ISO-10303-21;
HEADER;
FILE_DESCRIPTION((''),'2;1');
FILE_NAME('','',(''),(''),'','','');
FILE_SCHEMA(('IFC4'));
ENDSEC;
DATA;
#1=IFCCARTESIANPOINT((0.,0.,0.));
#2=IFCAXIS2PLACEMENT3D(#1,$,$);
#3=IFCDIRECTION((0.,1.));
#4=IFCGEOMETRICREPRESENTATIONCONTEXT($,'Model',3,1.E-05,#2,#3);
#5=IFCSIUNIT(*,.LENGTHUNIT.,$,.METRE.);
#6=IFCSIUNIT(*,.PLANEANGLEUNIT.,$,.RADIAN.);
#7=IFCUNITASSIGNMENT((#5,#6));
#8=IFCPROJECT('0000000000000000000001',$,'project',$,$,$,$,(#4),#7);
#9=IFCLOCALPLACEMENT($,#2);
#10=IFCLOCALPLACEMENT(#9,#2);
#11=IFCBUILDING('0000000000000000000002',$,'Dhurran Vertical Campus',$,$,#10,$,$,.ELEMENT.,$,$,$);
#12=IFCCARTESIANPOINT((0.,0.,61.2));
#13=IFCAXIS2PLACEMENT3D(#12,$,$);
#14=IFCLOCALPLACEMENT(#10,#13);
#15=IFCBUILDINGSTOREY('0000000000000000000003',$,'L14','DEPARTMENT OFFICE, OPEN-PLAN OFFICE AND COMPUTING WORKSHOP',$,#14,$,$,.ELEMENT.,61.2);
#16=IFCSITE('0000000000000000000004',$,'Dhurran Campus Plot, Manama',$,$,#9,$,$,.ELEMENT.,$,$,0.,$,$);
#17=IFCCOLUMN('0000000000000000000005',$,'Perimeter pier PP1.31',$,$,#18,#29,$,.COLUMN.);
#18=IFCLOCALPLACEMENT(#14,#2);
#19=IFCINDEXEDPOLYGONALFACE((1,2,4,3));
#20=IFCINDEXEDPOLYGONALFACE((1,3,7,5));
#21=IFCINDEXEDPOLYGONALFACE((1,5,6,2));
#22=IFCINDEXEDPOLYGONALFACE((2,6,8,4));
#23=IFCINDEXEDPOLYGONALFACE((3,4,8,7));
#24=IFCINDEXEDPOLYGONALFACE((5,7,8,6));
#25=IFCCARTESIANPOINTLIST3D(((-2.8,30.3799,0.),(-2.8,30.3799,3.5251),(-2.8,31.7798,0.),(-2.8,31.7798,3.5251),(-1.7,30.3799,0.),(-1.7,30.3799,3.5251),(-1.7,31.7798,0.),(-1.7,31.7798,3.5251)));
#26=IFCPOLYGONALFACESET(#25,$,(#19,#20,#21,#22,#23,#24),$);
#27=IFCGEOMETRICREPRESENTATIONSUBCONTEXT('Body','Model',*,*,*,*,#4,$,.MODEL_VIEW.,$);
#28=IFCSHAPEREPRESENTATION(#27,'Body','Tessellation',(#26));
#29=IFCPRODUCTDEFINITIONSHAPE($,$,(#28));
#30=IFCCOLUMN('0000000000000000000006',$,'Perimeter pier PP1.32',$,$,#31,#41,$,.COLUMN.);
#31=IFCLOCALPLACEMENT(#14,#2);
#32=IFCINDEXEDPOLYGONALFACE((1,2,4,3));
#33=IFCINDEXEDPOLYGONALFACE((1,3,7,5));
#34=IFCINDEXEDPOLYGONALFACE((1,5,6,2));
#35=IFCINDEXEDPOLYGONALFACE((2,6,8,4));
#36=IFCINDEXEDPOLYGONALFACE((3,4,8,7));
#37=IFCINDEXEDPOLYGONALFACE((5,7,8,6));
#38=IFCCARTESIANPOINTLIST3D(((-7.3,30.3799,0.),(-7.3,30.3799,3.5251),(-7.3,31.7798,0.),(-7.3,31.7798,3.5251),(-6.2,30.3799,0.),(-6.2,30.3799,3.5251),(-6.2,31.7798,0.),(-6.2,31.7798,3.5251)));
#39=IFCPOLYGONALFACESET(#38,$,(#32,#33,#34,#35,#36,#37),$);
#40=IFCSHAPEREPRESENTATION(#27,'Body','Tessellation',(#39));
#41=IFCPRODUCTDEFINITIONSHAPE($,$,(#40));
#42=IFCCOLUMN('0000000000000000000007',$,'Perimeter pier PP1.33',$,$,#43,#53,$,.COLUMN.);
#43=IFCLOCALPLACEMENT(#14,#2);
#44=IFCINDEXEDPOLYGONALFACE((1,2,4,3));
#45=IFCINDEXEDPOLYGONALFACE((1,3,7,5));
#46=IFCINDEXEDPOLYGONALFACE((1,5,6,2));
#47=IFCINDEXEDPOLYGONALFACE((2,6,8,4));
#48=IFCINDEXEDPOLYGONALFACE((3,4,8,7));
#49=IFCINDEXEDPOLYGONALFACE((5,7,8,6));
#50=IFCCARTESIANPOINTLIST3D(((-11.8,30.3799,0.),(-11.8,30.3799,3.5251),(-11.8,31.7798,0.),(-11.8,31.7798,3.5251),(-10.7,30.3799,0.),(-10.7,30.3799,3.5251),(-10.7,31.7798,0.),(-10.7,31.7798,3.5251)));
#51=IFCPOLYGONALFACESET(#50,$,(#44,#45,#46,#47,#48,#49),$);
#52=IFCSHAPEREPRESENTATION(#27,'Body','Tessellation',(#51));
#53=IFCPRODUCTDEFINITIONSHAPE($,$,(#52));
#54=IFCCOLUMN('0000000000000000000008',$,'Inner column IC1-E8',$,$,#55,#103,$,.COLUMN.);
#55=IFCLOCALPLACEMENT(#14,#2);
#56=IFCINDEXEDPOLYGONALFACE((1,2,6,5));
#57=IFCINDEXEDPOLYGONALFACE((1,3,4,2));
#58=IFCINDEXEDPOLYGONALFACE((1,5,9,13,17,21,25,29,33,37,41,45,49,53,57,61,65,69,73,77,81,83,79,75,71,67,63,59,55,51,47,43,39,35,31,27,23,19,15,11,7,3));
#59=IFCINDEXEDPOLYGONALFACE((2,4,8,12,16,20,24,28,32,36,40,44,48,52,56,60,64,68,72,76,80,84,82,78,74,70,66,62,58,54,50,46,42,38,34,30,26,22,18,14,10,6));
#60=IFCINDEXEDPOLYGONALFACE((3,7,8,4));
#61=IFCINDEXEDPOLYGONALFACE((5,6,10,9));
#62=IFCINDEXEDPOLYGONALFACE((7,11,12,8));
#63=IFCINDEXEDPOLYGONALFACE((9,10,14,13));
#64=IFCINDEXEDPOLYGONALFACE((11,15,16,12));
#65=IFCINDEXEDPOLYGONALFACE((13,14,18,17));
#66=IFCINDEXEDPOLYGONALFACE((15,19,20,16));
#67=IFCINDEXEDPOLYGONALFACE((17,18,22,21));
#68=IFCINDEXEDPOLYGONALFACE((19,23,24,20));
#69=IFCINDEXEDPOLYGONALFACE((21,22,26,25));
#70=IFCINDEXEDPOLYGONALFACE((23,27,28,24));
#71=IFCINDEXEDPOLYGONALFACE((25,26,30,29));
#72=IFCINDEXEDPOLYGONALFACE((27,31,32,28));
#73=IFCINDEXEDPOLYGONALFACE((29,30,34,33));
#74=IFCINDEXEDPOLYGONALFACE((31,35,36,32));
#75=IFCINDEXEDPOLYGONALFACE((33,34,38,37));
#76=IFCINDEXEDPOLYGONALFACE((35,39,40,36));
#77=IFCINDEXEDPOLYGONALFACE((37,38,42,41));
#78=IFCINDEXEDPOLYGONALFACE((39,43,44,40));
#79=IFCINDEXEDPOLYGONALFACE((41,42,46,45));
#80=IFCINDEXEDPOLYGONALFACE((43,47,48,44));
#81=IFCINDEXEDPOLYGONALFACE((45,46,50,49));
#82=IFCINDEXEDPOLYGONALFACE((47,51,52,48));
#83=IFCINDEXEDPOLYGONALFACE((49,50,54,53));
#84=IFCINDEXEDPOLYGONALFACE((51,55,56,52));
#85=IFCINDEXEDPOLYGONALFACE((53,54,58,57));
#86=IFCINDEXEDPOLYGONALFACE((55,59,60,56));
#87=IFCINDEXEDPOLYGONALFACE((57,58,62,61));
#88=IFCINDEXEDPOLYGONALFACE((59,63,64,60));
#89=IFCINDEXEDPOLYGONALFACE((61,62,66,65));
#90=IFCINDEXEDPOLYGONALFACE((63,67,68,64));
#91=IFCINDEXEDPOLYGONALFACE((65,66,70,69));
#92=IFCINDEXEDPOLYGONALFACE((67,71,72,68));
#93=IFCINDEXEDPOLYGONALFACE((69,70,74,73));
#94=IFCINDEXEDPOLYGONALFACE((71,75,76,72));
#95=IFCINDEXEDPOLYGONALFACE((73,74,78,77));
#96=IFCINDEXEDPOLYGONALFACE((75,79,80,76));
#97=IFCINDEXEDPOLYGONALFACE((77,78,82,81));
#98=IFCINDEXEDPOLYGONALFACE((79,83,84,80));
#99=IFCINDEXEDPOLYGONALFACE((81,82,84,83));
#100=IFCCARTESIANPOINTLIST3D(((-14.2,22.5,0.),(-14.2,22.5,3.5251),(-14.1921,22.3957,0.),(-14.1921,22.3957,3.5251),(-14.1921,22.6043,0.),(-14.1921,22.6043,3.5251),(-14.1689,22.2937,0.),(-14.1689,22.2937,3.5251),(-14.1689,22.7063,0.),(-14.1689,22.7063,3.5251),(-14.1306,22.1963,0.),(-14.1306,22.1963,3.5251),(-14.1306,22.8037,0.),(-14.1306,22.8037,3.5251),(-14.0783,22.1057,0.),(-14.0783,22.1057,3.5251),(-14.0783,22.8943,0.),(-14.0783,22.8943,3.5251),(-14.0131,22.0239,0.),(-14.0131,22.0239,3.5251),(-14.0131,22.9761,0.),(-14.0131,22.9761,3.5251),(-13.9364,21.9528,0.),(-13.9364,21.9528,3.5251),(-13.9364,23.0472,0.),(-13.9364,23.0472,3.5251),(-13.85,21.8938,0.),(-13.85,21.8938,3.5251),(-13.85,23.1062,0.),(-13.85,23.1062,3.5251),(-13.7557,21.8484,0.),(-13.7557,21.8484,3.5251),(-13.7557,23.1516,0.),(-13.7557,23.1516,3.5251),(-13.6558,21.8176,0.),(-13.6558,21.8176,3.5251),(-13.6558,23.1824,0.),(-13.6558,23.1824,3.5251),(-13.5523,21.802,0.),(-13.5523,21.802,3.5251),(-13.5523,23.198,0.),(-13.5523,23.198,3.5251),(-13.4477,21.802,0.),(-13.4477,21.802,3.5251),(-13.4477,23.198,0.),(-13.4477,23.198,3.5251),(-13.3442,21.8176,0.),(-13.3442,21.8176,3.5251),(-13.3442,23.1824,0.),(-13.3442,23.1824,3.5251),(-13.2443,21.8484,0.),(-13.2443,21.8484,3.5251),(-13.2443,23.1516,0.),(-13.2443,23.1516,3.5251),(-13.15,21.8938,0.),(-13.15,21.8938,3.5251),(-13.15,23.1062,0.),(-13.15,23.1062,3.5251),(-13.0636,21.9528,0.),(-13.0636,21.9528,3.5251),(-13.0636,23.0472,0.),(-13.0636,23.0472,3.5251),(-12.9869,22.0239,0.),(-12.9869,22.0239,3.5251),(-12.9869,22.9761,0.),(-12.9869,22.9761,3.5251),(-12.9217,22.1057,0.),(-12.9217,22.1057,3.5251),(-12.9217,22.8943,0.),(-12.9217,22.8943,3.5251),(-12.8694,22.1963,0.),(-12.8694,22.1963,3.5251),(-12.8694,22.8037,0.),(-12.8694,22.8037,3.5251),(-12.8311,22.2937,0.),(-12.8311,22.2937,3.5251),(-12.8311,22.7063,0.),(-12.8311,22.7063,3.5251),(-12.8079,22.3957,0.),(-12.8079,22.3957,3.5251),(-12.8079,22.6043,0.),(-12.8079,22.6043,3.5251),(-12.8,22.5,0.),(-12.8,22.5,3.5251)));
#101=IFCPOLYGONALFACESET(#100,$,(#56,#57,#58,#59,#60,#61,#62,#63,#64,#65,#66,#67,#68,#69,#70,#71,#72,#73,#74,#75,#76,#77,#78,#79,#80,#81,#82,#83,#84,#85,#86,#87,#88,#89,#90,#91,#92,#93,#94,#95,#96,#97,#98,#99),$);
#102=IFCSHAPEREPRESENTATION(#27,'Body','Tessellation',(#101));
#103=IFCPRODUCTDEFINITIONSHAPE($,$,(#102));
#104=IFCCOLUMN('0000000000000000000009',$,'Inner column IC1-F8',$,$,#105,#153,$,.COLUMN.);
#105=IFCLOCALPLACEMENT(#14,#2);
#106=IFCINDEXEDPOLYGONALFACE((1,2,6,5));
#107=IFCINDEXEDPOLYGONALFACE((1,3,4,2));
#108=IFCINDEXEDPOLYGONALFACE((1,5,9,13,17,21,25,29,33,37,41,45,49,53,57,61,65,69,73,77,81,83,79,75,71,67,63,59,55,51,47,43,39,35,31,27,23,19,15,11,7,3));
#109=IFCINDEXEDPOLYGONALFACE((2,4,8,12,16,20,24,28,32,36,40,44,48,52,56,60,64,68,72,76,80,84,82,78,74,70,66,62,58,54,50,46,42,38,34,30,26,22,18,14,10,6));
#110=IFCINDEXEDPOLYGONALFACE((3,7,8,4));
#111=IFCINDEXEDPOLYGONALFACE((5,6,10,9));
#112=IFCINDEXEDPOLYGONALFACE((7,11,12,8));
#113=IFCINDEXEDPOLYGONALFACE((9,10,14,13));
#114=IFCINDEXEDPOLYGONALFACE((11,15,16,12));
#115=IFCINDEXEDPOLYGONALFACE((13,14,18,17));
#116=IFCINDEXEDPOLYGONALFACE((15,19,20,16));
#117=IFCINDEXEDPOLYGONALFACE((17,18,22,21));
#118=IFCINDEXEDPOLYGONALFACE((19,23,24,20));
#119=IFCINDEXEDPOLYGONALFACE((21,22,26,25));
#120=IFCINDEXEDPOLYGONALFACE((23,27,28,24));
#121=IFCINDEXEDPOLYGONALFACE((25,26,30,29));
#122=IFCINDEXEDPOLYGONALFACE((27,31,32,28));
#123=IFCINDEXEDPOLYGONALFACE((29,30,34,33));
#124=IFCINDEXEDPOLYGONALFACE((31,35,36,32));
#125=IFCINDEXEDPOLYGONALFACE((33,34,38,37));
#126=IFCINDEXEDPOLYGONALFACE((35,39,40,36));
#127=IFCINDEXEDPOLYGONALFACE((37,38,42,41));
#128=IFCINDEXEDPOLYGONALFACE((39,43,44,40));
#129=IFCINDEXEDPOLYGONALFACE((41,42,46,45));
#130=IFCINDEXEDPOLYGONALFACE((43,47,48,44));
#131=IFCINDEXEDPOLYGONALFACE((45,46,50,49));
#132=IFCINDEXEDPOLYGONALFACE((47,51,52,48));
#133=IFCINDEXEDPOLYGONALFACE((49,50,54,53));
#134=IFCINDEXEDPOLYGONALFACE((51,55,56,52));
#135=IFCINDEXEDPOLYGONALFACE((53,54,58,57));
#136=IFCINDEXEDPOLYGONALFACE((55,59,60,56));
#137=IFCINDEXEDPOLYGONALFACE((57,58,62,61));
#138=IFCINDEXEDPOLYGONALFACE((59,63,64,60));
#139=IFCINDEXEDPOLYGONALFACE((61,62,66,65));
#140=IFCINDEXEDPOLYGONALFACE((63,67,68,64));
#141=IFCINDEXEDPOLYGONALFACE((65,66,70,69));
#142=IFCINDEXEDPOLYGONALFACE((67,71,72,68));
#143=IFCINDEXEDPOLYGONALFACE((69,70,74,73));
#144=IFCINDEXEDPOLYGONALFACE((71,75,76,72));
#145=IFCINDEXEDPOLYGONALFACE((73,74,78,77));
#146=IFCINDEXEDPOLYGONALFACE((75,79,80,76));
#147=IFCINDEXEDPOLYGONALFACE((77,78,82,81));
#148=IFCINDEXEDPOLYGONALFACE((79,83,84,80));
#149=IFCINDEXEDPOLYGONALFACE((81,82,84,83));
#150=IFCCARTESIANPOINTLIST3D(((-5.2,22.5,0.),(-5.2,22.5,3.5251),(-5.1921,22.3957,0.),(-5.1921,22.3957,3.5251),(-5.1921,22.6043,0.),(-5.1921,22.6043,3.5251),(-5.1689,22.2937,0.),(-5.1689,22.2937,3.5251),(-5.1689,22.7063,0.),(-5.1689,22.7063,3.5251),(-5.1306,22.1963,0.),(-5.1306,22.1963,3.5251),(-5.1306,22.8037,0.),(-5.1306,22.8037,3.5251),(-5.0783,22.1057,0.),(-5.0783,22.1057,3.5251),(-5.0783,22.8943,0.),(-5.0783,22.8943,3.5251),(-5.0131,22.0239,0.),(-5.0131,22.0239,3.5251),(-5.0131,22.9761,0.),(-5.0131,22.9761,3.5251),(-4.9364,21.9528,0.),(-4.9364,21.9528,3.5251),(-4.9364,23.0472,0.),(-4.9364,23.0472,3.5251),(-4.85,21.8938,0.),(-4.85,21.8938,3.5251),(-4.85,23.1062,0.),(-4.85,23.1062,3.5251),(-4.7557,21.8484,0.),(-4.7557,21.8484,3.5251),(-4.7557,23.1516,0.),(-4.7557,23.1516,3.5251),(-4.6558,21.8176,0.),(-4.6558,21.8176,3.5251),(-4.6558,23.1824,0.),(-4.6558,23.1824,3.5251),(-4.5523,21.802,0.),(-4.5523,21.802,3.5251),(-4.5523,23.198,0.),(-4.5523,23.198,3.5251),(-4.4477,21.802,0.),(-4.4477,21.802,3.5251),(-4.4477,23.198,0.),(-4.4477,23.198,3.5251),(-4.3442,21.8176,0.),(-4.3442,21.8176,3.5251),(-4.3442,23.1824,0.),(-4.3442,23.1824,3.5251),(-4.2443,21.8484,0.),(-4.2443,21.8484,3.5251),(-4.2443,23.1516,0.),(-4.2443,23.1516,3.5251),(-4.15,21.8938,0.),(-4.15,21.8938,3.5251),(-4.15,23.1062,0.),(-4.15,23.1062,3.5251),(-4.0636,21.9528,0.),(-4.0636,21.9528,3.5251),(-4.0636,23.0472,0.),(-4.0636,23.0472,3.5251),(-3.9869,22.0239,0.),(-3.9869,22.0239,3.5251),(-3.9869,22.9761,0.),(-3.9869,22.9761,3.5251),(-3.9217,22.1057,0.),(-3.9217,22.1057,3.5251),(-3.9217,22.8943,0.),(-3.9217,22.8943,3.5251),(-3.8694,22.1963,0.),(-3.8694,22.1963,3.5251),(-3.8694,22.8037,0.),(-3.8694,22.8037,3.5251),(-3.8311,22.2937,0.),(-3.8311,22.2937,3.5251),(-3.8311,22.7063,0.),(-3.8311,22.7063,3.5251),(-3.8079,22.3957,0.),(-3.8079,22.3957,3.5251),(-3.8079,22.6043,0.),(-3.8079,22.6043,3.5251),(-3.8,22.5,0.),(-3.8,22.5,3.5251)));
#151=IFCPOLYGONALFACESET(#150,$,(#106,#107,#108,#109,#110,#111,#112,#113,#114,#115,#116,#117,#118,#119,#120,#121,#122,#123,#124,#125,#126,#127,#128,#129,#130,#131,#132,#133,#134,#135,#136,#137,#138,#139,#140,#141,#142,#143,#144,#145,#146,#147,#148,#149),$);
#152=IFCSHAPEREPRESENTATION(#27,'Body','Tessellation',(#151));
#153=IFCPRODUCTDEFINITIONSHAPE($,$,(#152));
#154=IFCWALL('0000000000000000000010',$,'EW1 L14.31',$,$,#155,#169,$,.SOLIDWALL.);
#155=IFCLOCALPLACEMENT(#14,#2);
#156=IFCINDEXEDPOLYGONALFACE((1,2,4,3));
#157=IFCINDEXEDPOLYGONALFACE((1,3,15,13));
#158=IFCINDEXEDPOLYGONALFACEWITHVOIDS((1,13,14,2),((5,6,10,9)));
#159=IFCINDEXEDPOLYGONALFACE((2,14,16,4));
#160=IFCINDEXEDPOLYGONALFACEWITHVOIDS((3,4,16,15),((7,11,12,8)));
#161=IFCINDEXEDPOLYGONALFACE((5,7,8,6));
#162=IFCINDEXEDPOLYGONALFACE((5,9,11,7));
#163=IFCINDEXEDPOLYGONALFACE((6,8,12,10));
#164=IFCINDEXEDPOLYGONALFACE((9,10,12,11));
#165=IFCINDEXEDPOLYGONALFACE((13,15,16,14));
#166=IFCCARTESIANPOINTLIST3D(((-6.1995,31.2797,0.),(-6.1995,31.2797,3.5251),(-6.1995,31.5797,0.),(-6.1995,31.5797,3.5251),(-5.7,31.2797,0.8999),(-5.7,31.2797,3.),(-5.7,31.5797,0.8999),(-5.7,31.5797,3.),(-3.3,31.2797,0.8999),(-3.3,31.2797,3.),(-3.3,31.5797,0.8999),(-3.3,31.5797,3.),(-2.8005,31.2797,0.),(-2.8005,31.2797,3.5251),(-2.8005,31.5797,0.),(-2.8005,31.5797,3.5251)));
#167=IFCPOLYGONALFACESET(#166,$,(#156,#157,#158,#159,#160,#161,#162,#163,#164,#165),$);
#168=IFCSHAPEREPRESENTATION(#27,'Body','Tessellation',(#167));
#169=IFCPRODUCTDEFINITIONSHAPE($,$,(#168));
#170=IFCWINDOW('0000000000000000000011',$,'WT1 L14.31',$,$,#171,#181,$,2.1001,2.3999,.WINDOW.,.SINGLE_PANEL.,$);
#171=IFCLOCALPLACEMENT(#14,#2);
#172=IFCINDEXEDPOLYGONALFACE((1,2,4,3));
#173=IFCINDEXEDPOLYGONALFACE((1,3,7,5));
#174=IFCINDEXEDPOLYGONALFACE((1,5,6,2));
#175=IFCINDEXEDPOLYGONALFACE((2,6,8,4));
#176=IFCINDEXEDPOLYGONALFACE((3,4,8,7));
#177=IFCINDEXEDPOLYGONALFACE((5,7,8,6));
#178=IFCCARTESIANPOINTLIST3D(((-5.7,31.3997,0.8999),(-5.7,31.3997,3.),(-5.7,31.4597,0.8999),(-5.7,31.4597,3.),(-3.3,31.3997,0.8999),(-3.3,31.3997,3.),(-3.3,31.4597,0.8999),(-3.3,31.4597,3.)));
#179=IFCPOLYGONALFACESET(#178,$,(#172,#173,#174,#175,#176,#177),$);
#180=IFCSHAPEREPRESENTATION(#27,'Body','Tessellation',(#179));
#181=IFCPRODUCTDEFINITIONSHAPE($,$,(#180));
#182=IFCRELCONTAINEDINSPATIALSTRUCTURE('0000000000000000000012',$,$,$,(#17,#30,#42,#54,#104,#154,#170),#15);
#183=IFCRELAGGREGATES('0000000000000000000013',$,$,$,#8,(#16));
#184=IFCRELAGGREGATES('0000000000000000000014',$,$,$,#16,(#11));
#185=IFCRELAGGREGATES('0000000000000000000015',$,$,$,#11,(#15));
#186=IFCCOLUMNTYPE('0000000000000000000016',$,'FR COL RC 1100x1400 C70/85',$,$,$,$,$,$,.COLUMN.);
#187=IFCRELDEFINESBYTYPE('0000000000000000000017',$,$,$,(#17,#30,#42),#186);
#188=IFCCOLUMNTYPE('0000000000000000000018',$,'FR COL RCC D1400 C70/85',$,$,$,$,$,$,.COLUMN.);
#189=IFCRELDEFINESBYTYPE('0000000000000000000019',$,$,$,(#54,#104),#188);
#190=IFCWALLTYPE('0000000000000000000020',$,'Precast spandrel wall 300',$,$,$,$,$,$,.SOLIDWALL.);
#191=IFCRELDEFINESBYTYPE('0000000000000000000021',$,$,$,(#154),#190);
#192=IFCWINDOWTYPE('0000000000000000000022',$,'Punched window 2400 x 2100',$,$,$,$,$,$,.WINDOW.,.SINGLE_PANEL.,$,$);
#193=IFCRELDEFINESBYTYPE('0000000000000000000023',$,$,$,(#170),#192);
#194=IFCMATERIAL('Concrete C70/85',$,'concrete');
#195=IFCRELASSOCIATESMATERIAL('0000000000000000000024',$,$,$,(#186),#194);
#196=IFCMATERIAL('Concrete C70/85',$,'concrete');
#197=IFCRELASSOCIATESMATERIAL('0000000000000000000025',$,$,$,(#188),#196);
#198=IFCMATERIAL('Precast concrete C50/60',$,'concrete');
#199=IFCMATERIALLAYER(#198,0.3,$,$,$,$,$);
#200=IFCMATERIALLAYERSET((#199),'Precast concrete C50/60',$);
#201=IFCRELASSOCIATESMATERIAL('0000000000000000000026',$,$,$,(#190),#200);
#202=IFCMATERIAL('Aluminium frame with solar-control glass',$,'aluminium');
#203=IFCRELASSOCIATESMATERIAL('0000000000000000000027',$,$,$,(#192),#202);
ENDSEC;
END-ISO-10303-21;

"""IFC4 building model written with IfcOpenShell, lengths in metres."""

from ifc_helpers import new_model, si_unit, direction, frame, frame_2d, origin, origin_2d, place, context, subcontext, project, spatial, rectangle, circle, extrude, material, layer, layer_set, material_profile, profile_set, type_object, element, fill, save


model = new_model("IFC4")

# Units and contexts
model_context = context("Model", 3, precision=1e-05, world=origin(), true_north=direction((0.0, 1.0)))
body_context = subcontext(model_context, "Body", "Model", "MODEL_VIEW")
ifc_project = project(units=[si_unit("LENGTHUNIT", "METRE"), si_unit("PLANEANGLEUNIT", "RADIAN")], contexts=[model_context])

# Site, building, storey
site_placement = place(None, origin())
site = spatial("IfcSite", under=ifc_project, at=site_placement, Name="Dhurran Campus Plot, Manama", CompositionType="ELEMENT", RefElevation=0.0)
building_placement = place(site_placement, origin())
building = spatial("IfcBuilding", under=site, at=building_placement, Name="Dhurran Vertical Campus", CompositionType="ELEMENT")
storey_placement = place(building_placement, frame((0.0, 0.0, 61.2)))
storey = spatial("IfcBuildingStorey", under=building, at=storey_placement, Name="L14", Description="DEPARTMENT OFFICE, OPEN-PLAN OFFICE AND COMPUTING WORKSHOP", CompositionType="ELEMENT", Elevation=61.2)

# Columns
ifc_material_1 = material(Name="Concrete C70/85", Category="concrete")
ifc_material_profile_1 = material_profile(ifc_material_1, rectangle(XDim=1.1001, YDim=1.3999, at=origin_2d()), Name="RC 1100x1400")
ifc_profile_set_1 = profile_set([ifc_material_profile_1], Name="Concrete C70/85")
column_type_1 = type_object("IfcColumnType", Name="FR COL RC 1100x1400 C70/85", PredefinedType="COLUMN", material=ifc_profile_set_1)
for number, where, z_axis, x_axis, name in (
    (1, (-2.25, 31.0798, 0.0), (0.0, 0.0, 1.0), (-1.0, 0.0, 0.0), "Perimeter pier PP1.31"),
    (2, (-6.75, 31.0798, 0.0), (0.0, 0.0, 1.0), (-1.0, 0.0, 0.0), "Perimeter pier PP1.32"),
    (3, (-11.25, 31.0798, 0.0), (0.0, 0.0, 1.0), (-1.0, 0.0, 0.0), "Perimeter pier PP1.33"),
):
    element("IfcColumn", number, at=place(storey_placement, frame(where, z_axis=z_axis, x_axis=x_axis)), inside=storey, type_object=column_type_1, Name=name, PredefinedType="COLUMN", context=body_context, shape_type="SweptSolid", body=[
        extrude(rectangle(XDim=1.1001, YDim=1.3999, at=origin_2d()), origin(), (0.0, 0.0, 1.0), 3.5251),
    ])
ifc_material_2 = material(Name="Concrete C70/85", Category="concrete")
ifc_material_profile_2 = material_profile(ifc_material_2, circle(Radius=0.7, at=origin_2d()), Name="RCC D1400")
ifc_profile_set_2 = profile_set([ifc_material_profile_2], Name="Concrete C70/85")
column_type_2 = type_object("IfcColumnType", Name="FR COL RCC D1400 C70/85", PredefinedType="COLUMN", material=ifc_profile_set_2)
for number, where, z_axis, x_axis, name in (
    (4, (-13.5, 22.5, 0.0), (0.0, 0.0, 1.0), (1.0, 0.0, 0.0), "Inner column IC1-E8"),
    (5, (-4.5, 22.5, 0.0), (0.0, 0.0, 1.0), (1.0, 0.0, 0.0), "Inner column IC1-F8"),
):
    element("IfcColumn", number, at=place(storey_placement, frame(where, z_axis=z_axis, x_axis=x_axis)), inside=storey, type_object=column_type_2, Name=name, PredefinedType="COLUMN", context=body_context, shape_type="SweptSolid", body=[
        extrude(circle(Radius=0.7, at=origin_2d()), origin(), (0.0, 0.0, 1.0), 3.5251),
    ])

# Wall, opening, window
ifc_material_3 = material(Name="Precast concrete C50/60", Category="concrete")
ifc_layer_1 = layer(ifc_material_3, 0.3)
ifc_layer_set_1 = layer_set([ifc_layer_1], Name="Precast concrete C50/60")
wall_type_1 = type_object("IfcWallType", Name="Precast spandrel wall 300", PredefinedType="SOLIDWALL", material=ifc_layer_set_1)
wall_1_placement = place(storey_placement, frame((-2.8005, 31.4297, 0.0), z_axis=(0.0, 0.0, 1.0), x_axis=(-1.0, 0.0, 0.0)))
wall_1 = element("IfcWall", 6, at=wall_1_placement, inside=storey, type_object=wall_type_1, Name="EW1 L14.31", PredefinedType="SOLIDWALL", context=body_context, shape_type="SweptSolid", body=[
    extrude(rectangle(XDim=3.3989, YDim=0.3, at=frame_2d((1.6995, 0.0))), origin(), (0.0, 0.0, 1.0), 3.5251),
])
opening_1_placement = place(wall_1_placement, frame((0.4995, 0.0, 0.8999)))
opening_1 = element("IfcOpeningElement", 7, at=opening_1_placement, cuts=wall_1, PredefinedType="OPENING", context=body_context, shape_type="SweptSolid", body=[
    extrude(rectangle(XDim=2.3999, YDim=2.1001, at=frame_2d((1.2, 1.05))), frame((0.0, 0.1599, 0.0), z_axis=(0.0, -1.0, 0.0), x_axis=(1.0, 0.0, 0.0)), (0.0, 0.0, 1.0), 0.3201),
])
ifc_material_4 = material(Name="Aluminium frame with solar-control glass", Category="aluminium")
window_type = type_object("IfcWindowType", Name="Punched window 2400 x 2100", PartitioningType="SINGLE_PANEL", PredefinedType="WINDOW", material=ifc_material_4)
window_1_placement = place(opening_1_placement, origin())
window_1 = element("IfcWindow", 8, at=window_1_placement, inside=storey, type_object=window_type, Name="WT1 L14.31", OverallHeight=2.1001, OverallWidth=2.3999, PartitioningType="SINGLE_PANEL", PredefinedType="WINDOW", context=body_context, shape_type="SweptSolid", body=[
    extrude(rectangle(XDim=2.3999, YDim=2.1001, at=frame_2d((1.2, 1.05))), frame((0.0, 0.03, 0.0), z_axis=(0.0, -1.0, 0.0), x_axis=(1.0, 0.0, 0.0)), (0.0, 0.0, 1.0), 0.0601),
])
fill(opening_1, window_1)

save(model, "model.ifc")
